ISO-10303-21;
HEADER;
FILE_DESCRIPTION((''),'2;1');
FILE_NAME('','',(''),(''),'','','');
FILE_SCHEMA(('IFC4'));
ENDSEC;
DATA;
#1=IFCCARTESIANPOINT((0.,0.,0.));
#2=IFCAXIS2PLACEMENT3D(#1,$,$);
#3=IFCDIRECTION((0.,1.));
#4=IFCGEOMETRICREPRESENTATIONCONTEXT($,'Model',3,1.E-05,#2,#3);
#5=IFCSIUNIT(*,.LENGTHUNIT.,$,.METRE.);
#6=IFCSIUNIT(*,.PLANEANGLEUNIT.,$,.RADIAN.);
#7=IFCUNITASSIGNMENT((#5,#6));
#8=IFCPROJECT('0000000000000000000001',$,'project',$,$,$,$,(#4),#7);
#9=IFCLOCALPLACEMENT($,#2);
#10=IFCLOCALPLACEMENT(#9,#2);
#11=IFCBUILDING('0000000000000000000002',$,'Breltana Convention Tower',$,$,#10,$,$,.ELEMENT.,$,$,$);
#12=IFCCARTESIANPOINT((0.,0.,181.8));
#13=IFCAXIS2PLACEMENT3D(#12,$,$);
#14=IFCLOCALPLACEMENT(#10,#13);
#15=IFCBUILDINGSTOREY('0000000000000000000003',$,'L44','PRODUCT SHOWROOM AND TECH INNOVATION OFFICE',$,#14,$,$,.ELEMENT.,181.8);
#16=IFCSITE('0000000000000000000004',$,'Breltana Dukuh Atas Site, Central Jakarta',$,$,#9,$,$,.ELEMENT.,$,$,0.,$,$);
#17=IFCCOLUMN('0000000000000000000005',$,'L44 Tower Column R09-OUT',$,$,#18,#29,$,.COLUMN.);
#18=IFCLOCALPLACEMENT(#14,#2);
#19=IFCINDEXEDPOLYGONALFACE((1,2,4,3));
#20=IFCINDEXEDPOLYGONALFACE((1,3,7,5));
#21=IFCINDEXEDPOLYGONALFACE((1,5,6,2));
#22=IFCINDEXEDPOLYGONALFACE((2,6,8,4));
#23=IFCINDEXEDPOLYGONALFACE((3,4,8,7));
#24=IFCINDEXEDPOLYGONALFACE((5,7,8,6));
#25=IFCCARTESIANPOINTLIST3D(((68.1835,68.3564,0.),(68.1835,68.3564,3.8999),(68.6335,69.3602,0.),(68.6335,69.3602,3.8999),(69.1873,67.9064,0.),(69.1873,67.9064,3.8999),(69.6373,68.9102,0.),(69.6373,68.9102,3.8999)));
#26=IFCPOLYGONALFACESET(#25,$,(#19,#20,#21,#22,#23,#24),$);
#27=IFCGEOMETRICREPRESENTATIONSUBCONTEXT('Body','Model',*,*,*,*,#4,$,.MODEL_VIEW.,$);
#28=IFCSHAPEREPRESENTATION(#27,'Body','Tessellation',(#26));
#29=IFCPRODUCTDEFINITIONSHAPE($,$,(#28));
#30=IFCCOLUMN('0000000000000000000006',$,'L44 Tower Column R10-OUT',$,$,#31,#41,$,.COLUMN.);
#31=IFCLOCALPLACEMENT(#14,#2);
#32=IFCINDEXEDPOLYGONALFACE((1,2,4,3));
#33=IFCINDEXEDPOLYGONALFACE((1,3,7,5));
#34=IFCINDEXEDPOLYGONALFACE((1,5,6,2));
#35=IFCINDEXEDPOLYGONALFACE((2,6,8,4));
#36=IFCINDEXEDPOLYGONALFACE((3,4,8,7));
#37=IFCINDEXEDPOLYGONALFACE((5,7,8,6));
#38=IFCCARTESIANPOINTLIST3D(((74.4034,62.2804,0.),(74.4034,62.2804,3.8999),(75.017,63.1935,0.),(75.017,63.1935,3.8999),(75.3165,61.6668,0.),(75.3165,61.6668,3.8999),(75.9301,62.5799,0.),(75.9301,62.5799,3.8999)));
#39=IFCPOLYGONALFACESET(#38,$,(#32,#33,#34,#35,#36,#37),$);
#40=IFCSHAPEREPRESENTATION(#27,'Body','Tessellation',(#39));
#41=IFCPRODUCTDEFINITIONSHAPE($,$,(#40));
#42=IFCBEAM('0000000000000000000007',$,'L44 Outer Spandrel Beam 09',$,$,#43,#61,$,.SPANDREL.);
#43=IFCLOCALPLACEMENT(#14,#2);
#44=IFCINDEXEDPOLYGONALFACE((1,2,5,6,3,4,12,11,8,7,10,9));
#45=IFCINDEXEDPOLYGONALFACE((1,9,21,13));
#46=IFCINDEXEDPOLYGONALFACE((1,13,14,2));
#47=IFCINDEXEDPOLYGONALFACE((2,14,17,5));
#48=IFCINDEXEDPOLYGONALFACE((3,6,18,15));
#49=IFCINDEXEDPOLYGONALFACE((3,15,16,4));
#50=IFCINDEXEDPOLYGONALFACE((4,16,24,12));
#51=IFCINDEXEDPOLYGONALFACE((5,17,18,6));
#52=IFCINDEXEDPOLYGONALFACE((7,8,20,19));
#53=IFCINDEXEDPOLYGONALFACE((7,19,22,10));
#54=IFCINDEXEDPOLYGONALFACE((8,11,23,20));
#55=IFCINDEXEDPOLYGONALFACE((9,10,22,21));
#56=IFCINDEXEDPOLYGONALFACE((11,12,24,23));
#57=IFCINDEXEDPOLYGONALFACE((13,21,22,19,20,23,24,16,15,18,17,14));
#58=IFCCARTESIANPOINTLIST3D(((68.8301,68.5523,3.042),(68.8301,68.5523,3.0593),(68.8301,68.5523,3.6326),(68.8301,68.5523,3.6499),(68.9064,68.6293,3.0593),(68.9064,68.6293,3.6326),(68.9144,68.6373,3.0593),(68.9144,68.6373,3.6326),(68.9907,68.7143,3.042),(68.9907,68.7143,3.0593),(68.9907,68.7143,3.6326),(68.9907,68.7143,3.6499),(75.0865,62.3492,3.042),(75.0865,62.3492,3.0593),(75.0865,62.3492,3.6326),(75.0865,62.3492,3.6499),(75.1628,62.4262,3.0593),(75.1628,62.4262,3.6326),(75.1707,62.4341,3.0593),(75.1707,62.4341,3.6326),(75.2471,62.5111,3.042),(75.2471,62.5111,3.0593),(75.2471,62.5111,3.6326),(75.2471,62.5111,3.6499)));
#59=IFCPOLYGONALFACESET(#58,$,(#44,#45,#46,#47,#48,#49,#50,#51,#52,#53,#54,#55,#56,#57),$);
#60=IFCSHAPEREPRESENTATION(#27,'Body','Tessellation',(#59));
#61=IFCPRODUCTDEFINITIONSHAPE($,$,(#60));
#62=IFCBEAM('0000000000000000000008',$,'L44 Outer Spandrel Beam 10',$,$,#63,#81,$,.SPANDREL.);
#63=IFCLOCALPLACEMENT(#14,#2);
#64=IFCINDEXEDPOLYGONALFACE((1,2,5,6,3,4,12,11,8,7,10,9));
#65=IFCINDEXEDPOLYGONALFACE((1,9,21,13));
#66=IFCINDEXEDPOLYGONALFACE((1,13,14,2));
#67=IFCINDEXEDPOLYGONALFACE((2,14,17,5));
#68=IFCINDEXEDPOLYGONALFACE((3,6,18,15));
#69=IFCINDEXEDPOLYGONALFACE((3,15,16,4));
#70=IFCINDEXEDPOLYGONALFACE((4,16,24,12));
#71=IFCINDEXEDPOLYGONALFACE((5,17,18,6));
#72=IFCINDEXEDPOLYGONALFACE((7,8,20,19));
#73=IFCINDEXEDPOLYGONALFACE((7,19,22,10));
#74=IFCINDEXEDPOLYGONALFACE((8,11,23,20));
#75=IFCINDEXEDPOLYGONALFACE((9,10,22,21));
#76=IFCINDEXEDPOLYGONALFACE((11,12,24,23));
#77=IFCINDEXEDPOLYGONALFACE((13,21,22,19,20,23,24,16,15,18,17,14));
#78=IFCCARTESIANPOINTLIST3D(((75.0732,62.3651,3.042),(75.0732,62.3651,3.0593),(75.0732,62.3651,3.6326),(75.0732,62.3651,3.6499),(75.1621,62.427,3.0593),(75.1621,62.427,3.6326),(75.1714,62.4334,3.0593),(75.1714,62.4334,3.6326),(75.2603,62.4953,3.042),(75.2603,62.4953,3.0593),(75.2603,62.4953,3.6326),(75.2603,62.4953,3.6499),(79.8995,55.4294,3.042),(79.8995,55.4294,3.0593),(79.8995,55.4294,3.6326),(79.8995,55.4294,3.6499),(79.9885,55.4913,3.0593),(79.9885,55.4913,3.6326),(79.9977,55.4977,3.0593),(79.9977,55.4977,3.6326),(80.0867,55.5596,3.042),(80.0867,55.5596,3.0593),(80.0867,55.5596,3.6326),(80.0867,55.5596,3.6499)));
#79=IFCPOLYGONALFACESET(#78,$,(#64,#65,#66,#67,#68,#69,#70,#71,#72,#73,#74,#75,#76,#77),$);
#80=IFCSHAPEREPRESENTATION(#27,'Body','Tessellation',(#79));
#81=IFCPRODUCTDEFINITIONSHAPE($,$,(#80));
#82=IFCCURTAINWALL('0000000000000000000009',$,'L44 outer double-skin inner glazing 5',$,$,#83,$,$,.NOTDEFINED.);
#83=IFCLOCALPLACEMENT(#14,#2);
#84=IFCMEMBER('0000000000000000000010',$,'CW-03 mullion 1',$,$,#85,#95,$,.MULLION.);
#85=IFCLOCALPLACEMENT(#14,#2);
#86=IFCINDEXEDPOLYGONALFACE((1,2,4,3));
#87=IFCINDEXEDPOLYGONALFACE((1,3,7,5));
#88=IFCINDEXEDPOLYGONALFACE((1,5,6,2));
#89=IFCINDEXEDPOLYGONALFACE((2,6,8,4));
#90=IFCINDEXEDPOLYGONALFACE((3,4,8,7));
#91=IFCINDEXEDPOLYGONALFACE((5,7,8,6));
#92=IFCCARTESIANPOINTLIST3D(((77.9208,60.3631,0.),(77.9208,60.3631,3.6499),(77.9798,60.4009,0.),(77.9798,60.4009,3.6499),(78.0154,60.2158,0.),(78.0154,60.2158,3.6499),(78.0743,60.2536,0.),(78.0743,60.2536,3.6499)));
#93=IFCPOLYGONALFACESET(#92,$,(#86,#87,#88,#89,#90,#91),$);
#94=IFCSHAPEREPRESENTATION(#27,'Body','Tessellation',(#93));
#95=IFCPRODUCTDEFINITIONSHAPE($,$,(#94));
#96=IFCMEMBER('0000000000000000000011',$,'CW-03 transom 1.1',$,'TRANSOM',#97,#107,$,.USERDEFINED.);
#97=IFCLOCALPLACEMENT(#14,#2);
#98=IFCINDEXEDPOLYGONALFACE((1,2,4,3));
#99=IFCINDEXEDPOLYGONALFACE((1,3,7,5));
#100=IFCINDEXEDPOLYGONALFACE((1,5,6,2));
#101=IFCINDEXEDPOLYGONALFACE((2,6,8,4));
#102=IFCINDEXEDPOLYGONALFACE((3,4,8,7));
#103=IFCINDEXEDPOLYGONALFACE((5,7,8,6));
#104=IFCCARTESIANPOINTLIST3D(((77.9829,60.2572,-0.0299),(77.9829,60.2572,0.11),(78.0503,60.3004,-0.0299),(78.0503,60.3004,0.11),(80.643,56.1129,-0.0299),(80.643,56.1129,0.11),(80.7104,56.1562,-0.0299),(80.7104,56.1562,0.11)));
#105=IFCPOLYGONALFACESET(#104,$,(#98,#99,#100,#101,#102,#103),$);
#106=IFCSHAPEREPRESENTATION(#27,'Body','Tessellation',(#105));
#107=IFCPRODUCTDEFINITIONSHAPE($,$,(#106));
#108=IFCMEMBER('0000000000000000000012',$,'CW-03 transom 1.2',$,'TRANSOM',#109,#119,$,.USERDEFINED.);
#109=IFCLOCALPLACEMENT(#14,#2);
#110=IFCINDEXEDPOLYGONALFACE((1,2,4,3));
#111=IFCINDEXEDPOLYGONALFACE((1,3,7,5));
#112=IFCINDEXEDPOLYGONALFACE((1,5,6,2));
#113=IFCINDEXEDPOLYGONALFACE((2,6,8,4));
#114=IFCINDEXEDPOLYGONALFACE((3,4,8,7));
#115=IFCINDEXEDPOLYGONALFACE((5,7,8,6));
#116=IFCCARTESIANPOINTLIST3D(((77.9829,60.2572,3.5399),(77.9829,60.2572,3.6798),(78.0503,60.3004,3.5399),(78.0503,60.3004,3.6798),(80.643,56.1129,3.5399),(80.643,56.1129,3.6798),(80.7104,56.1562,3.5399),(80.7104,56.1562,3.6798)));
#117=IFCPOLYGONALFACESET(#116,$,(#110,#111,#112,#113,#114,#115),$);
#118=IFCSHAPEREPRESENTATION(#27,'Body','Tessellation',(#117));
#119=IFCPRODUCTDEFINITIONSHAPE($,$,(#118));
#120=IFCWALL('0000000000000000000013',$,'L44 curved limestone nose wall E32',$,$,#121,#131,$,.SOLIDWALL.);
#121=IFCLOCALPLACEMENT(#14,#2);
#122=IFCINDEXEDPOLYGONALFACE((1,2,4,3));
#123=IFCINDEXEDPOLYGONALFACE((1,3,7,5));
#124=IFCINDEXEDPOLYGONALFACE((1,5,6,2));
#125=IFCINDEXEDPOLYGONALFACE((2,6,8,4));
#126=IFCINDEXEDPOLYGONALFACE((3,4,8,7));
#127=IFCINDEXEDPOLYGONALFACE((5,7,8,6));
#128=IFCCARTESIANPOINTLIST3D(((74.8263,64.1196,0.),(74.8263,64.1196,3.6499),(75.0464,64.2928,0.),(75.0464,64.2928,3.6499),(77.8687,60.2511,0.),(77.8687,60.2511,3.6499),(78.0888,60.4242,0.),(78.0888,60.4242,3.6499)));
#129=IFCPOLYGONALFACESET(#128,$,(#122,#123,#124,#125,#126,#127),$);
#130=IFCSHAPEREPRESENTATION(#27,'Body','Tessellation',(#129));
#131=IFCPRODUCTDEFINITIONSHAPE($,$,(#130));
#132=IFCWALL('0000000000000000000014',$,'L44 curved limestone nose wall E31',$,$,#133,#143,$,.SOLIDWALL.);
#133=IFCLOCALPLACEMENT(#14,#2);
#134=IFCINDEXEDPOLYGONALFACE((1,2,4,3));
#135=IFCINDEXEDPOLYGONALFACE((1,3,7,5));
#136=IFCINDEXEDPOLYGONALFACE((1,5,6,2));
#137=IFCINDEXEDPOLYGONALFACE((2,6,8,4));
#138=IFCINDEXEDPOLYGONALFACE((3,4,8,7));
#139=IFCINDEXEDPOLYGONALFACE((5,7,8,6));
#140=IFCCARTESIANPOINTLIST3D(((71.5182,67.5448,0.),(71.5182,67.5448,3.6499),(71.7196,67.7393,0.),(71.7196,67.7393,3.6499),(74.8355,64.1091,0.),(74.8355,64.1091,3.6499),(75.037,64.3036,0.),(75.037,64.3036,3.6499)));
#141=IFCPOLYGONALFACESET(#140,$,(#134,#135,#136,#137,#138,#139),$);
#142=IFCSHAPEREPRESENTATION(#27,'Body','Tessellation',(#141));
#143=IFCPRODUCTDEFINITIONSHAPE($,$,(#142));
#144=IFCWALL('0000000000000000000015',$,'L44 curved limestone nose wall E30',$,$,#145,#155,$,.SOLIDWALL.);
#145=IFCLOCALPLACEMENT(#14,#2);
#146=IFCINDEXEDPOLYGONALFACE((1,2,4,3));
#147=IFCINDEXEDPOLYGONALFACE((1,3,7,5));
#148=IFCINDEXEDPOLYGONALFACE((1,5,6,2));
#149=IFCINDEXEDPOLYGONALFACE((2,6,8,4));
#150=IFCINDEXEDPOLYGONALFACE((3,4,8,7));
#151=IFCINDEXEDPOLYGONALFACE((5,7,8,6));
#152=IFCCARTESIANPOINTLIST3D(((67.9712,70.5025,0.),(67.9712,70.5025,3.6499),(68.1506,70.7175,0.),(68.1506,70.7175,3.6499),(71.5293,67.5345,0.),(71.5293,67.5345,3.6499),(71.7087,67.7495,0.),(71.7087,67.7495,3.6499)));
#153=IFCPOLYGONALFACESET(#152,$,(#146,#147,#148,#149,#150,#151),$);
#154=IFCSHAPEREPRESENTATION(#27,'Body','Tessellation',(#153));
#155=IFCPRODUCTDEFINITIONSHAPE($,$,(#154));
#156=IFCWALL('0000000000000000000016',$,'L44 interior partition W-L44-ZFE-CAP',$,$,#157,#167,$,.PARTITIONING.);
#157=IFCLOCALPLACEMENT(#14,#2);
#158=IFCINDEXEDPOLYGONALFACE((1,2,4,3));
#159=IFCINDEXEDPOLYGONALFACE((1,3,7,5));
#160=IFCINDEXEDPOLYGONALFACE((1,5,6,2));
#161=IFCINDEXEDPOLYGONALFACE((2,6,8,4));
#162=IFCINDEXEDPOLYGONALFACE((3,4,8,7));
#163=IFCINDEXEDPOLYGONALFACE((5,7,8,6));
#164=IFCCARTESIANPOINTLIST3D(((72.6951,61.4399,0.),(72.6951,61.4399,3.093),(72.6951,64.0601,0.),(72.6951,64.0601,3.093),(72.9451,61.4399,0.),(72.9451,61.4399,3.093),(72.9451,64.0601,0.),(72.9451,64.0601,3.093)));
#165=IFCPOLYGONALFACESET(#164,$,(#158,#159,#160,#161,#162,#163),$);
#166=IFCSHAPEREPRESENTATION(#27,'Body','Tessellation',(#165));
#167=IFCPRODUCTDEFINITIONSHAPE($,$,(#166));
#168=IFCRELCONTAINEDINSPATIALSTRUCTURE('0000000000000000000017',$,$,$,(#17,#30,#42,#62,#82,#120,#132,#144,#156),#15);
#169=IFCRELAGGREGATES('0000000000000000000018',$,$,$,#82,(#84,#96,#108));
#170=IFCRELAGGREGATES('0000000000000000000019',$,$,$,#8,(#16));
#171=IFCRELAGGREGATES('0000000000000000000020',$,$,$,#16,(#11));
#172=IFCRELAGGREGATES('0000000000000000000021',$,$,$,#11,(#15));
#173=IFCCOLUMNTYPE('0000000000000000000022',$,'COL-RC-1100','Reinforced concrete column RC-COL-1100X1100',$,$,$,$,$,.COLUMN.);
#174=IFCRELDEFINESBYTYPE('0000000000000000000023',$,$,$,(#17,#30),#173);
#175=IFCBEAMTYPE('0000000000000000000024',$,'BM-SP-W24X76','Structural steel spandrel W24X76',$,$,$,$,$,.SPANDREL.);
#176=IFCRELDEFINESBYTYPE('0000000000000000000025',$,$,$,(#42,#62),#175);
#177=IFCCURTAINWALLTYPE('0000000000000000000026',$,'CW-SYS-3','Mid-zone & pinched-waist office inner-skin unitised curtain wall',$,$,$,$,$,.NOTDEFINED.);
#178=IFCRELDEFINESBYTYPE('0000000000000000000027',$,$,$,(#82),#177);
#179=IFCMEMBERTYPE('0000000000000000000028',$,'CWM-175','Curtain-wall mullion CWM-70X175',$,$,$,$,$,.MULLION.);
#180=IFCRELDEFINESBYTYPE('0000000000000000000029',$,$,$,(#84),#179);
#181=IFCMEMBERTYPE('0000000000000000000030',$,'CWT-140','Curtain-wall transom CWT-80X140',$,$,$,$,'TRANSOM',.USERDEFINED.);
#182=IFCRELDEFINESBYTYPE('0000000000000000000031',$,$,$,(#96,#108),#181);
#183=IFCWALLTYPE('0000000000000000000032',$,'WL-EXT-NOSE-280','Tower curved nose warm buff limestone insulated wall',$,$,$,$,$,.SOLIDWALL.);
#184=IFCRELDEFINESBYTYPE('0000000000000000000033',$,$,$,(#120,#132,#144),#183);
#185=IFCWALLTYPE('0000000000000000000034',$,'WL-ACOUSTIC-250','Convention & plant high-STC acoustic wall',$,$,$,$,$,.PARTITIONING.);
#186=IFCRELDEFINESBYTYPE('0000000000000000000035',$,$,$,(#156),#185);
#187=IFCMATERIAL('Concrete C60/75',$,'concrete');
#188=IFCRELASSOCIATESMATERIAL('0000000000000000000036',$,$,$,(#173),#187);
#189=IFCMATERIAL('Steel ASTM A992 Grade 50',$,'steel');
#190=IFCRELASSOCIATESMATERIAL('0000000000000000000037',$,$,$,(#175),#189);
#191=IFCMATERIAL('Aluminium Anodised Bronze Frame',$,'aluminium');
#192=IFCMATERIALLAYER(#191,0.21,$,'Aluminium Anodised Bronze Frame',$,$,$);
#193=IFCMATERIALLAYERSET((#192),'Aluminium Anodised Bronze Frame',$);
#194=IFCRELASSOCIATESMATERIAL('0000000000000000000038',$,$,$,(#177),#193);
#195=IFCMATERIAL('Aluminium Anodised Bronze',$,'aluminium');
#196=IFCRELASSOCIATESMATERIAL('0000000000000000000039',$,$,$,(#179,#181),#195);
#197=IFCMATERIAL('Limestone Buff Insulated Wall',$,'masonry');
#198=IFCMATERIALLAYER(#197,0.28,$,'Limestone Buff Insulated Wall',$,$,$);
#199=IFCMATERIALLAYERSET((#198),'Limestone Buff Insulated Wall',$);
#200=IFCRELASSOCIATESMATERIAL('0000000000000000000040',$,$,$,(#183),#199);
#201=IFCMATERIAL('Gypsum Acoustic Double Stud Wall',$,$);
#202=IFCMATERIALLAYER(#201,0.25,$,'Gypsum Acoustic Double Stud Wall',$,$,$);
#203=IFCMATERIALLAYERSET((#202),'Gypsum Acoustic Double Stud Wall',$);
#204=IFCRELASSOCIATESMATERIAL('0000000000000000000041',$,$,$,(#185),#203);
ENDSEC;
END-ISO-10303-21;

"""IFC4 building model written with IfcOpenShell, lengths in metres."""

from ifc_helpers import new_model, si_unit, direction, frame, frame_2d, origin, origin_2d, place, context, subcontext, project, spatial, rectangle, i_section, extrude, source, transform, mapped, material, layer, layer_set, material_profile, profile_set, type_object, element, aggregate, save


model = new_model("IFC4")

# Units and contexts
model_context = context("Model", 3, precision=1e-05, world=origin(), true_north=direction((0.0, 1.0)))
body_context = subcontext(model_context, "Body", "Model", "MODEL_VIEW")
ifc_project = project(units=[si_unit("LENGTHUNIT", "METRE"), si_unit("PLANEANGLEUNIT", "RADIAN")], contexts=[model_context])

# Site, building, storey
site_placement = place(None, origin())
site = spatial("IfcSite", under=ifc_project, at=site_placement, Name="Breltana Dukuh Atas Site, Central Jakarta", CompositionType="ELEMENT", RefElevation=0.0)
building_placement = place(site_placement, origin())
building = spatial("IfcBuilding", under=site, at=building_placement, Name="Breltana Convention Tower", CompositionType="ELEMENT")
storey_placement = place(building_placement, frame((0.0, 0.0, 181.8)))
storey = spatial("IfcBuildingStorey", under=building, at=storey_placement, Name="L44", Description="PRODUCT SHOWROOM AND TECH INNOVATION OFFICE", CompositionType="ELEMENT", Elevation=181.8)

# Columns
ifc_material_1 = material(Name="Concrete C60/75", Category="concrete")
ifc_material_profile_1 = material_profile(ifc_material_1, rectangle(XDim=1.1001, YDim=1.1001, at=origin_2d()), Name="RC-COL-1100X1100")
ifc_profile_set_1 = profile_set([ifc_material_profile_1], Name="Concrete C60/75")
column_type = type_object("IfcColumnType", Name="COL-RC-1100", Description="Reinforced concrete column RC-COL-1100X1100", PredefinedType="COLUMN", material=ifc_profile_set_1)
shared_shape_1 = source(origin(), body_context, "Body", "SweptSolid", [
    extrude(rectangle(XDim=1.1001, YDim=1.1001, at=origin_2d()), origin(), (0.0, 0.0, 1.0), 3.8999),
])
for number, where, z_axis, x_axis, name in (
    (1, (68.9104, 68.6333, 0.0), (0.0, 0.0, 1.0), (0.409127, 0.912477, 0.0), "L44 Tower Column R09-OUT"),
    (2, (75.1667, 62.4302, 0.0), (0.0, 0.0, 1.0), (0.557745, 0.830012, 0.0), "L44 Tower Column R10-OUT"),
):
    element("IfcColumn", number, at=place(storey_placement, frame(where, z_axis=z_axis, x_axis=x_axis)), inside=storey, type_object=column_type, Name=name, PredefinedType="COLUMN", context=body_context, shape_type="MappedRepresentation", body=[
        mapped(shared_shape_1, transform((0.0, 0.0, 0.0), scale=1.0)),
    ])

# Beams
ifc_material_2 = material(Name="Steel ASTM A992 Grade 50", Category="steel")
ifc_material_profile_2 = material_profile(ifc_material_2, i_section(OverallWidth=0.228, OverallDepth=0.6079, WebThickness=0.0112, FlangeThickness=0.0173, at=origin_2d()), Name="W24X76")
ifc_profile_set_2 = profile_set([ifc_material_profile_2], Name="Steel ASTM A992 Grade 50")
beam_type = type_object("IfcBeamType", Name="BM-SP-W24X76", Description="Structural steel spandrel W24X76", PredefinedType="SPANDREL", material=ifc_profile_set_2)
shared_shape_2 = source(origin(), body_context, "Body", "SweptSolid", [
    extrude(i_section(OverallWidth=0.228, OverallDepth=0.6079, WebThickness=0.0112, FlangeThickness=0.0173, at=origin_2d()), origin(), (0.0, 0.0, 1.0), 8.8103),
])
beam_1_placement = place(storey_placement, frame((68.9104, 68.6333, 3.3459), z_axis=(0.710121, -0.70408, 0.0), x_axis=(0.70408, 0.710121, 0.0)))
element("IfcBeam", 3, at=beam_1_placement, inside=storey, type_object=beam_type, Name="L44 Outer Spandrel Beam 09", PredefinedType="SPANDREL", context=body_context, shape_type="MappedRepresentation", body=[
    mapped(shared_shape_2, transform((0.0, 0.0, 0.0), scale=1.0)),
])
shared_shape_3 = source(origin(), body_context, "Body", "SweptSolid", [
    extrude(i_section(OverallWidth=0.228, OverallDepth=0.6079, WebThickness=0.0112, FlangeThickness=0.0173, at=origin_2d()), origin(), (0.0, 0.0, 1.0), 8.4497),
])
beam_2_placement = place(storey_placement, frame((75.1667, 62.4302, 3.3459), z_axis=(0.571186, -0.820821, 0.0), x_axis=(0.820821, 0.571186, 0.0)))
element("IfcBeam", 4, at=beam_2_placement, inside=storey, type_object=beam_type, Name="L44 Outer Spandrel Beam 10", PredefinedType="SPANDREL", context=body_context, shape_type="MappedRepresentation", body=[
    mapped(shared_shape_3, transform((0.0, 0.0, 0.0), scale=1.0)),
])

# Curtain wall, members
ifc_material_3 = material(Name="Aluminium Anodised Bronze Frame", Category="aluminium")
ifc_layer_1 = layer(ifc_material_3, 0.21, Name="Aluminium Anodised Bronze Frame")
ifc_layer_set_1 = layer_set([ifc_layer_1], Name="Aluminium Anodised Bronze Frame")
curtain_wall_type = type_object("IfcCurtainWallType", Name="CW-SYS-3", Description="Mid-zone & pinched-waist office inner-skin unitised curtain wall", PredefinedType="NOTDEFINED", material=ifc_layer_set_1)
curtain_wall_placement = place(storey_placement, origin())
curtain_wall = element("IfcCurtainWall", 5, at=curtain_wall_placement, inside=storey, type_object=curtain_wall_type, Name="L44 outer double-skin inner glazing 5", PredefinedType="NOTDEFINED")
ifc_material_4 = material(Name="Aluminium Anodised Bronze", Category="aluminium")
ifc_material_profile_3 = material_profile(ifc_material_4, rectangle(XDim=0.0701, YDim=0.175, at=origin_2d()), Name="CWM-70X175")
ifc_profile_set_3 = profile_set([ifc_material_profile_3], Name="Aluminium Anodised Bronze")
member_type_1 = type_object("IfcMemberType", Name="CWM-175", Description="Curtain-wall mullion CWM-70X175", PredefinedType="MULLION", material=ifc_profile_set_3)
shared_shape_4 = source(origin(), body_context, "Body", "SweptSolid", [
    extrude(rectangle(XDim=0.0701, YDim=0.175, at=origin_2d()), origin(), (0.0, 0.0, 1.0), 3.6499),
])
member_1_placement = place(storey_placement, frame((77.9976, 60.3083, 0.0), z_axis=(0.0, 0.0, 1.0), x_axis=(0.841554, 0.540173, 0.0)))
member_1 = element("IfcMember", 6, at=member_1_placement, type_object=member_type_1, Name="CW-03 mullion 1", PredefinedType="MULLION", context=body_context, shape_type="MappedRepresentation", body=[
    mapped(shared_shape_4, transform((0.0, 0.0, 0.0), scale=1.0)),
])
ifc_material_profile_4 = material_profile(ifc_material_4, rectangle(XDim=0.0801, YDim=0.1399, at=origin_2d()), Name="CWT-80X140")
ifc_profile_set_4 = profile_set([ifc_material_profile_4], Name="Aluminium Anodised Bronze")
member_type_2 = type_object("IfcMemberType", Name="CWT-140", Description="Curtain-wall transom CWT-80X140", ElementType="TRANSOM", PredefinedType="USERDEFINED", material=ifc_profile_set_4)
shared_shape_5 = source(origin(), body_context, "Body", "SweptSolid", [
    extrude(rectangle(XDim=0.0801, YDim=0.1399, at=origin_2d()), origin(), (0.0, 0.0, 1.0), 4.9246),
])
member_2_placement = place(storey_placement, frame((78.0166, 60.2788, 0.04), z_axis=(0.540179, -0.84155, 0.0), x_axis=(0.84155, 0.540179, 0.0)))
member_2 = element("IfcMember", 7, at=member_2_placement, type_object=member_type_2, Name="CW-03 transom 1.1", ObjectType="TRANSOM", PredefinedType="USERDEFINED", context=body_context, shape_type="MappedRepresentation", body=[
    mapped(shared_shape_5, transform((0.0, 0.0, 0.0), scale=1.0)),
])
member_3_placement = place(storey_placement, frame((78.0166, 60.2788, 3.6099), z_axis=(0.540179, -0.84155, 0.0), x_axis=(0.84155, 0.540179, 0.0)))
member_3 = element("IfcMember", 8, at=member_3_placement, type_object=member_type_2, Name="CW-03 transom 1.2", ObjectType="TRANSOM", PredefinedType="USERDEFINED", context=body_context, shape_type="MappedRepresentation", body=[
    mapped(shared_shape_5, transform((0.0, 0.0, 0.0), scale=1.0)),
])
aggregate(curtain_wall, [member_1, member_2, member_3])

# Walls
ifc_material_5 = material(Name="Limestone Buff Insulated Wall", Category="masonry")
ifc_layer_2 = layer(ifc_material_5, 0.28, Name="Limestone Buff Insulated Wall")
ifc_layer_set_2 = layer_set([ifc_layer_2], Name="Limestone Buff Insulated Wall")
wall_type_1 = type_object("IfcWallType", Name="WL-EXT-NOSE-280", Description="Tower curved nose warm buff limestone insulated wall", PredefinedType="SOLIDWALL", material=ifc_layer_set_2)
shared_shape_6 = source(origin(), body_context, "Body", "SweptSolid", [
    extrude(rectangle(XDim=4.9216, YDim=0.28, at=frame_2d((2.4609, 0.0))), origin(), (0.0, 0.0, 1.0), 3.6499),
])
wall_1_placement = place(storey_placement, frame((74.9363, 64.2063, 0.0), z_axis=(0.0, 0.0, 1.0), x_axis=(0.618176, -0.786039, 0.0)))
element("IfcWall", 9, at=wall_1_placement, inside=storey, type_object=wall_type_1, Name="L44 curved limestone nose wall E32", PredefinedType="SOLIDWALL", context=body_context, shape_type="MappedRepresentation", body=[
    mapped(shared_shape_6, transform((0.0, 0.0, 0.0), scale=1.0)),
])
shared_shape_7 = source(origin(), body_context, "Body", "SweptSolid", [
    extrude(rectangle(XDim=4.7759, YDim=0.28, at=frame_2d((2.3879, 0.0))), origin(), (0.0, 0.0, 1.0), 3.6499),
])
wall_2_placement = place(storey_placement, frame((71.6189, 67.6421, 0.0), z_axis=(0.0, 0.0, 1.0), x_axis=(0.694602, -0.719394, 0.0)))
element("IfcWall", 10, at=wall_2_placement, inside=storey, type_object=wall_type_1, Name="L44 curved limestone nose wall E31", PredefinedType="SOLIDWALL", context=body_context, shape_type="MappedRepresentation", body=[
    mapped(shared_shape_7, transform((0.0, 0.0, 0.0), scale=1.0)),
])
shared_shape_8 = source(origin(), body_context, "Body", "SweptSolid", [
    extrude(rectangle(XDim=4.6335, YDim=0.28, at=frame_2d((2.3169, 0.0))), origin(), (0.0, 0.0, 1.0), 3.6499),
])
wall_3_placement = place(storey_placement, frame((68.0608, 70.6101, 0.0), z_axis=(0.0, 0.0, 1.0), x_axis=(0.76791, -0.640557, 0.0)))
element("IfcWall", 11, at=wall_3_placement, inside=storey, type_object=wall_type_1, Name="L44 curved limestone nose wall E30", PredefinedType="SOLIDWALL", context=body_context, shape_type="MappedRepresentation", body=[
    mapped(shared_shape_8, transform((0.0, 0.0, 0.0), scale=1.0)),
])
ifc_material_6 = material(Name="Gypsum Acoustic Double Stud Wall")
ifc_layer_3 = layer(ifc_material_6, 0.25, Name="Gypsum Acoustic Double Stud Wall")
ifc_layer_set_3 = layer_set([ifc_layer_3], Name="Gypsum Acoustic Double Stud Wall")
wall_type_2 = type_object("IfcWallType", Name="WL-ACOUSTIC-250", Description="Convention & plant high-STC acoustic wall", PredefinedType="PARTITIONING", material=ifc_layer_set_3)
shared_shape_9 = source(origin(), body_context, "Body", "SweptSolid", [
    extrude(rectangle(XDim=2.6201, YDim=0.25, at=frame_2d((1.3101, 0.0))), origin(), (0.0, 0.0, 1.0), 3.093),
])
wall_4_placement = place(storey_placement, frame((72.8201, 61.4399, 0.0), z_axis=(0.0, 0.0, 1.0), x_axis=(0.0, 1.0, 0.0)))
element("IfcWall", 12, at=wall_4_placement, inside=storey, type_object=wall_type_2, Name="L44 interior partition W-L44-ZFE-CAP", PredefinedType="PARTITIONING", context=body_context, shape_type="MappedRepresentation", body=[
    mapped(shared_shape_9, transform((0.0, 0.0, 0.0), scale=1.0)),
])

save(model, "model.ifc")
